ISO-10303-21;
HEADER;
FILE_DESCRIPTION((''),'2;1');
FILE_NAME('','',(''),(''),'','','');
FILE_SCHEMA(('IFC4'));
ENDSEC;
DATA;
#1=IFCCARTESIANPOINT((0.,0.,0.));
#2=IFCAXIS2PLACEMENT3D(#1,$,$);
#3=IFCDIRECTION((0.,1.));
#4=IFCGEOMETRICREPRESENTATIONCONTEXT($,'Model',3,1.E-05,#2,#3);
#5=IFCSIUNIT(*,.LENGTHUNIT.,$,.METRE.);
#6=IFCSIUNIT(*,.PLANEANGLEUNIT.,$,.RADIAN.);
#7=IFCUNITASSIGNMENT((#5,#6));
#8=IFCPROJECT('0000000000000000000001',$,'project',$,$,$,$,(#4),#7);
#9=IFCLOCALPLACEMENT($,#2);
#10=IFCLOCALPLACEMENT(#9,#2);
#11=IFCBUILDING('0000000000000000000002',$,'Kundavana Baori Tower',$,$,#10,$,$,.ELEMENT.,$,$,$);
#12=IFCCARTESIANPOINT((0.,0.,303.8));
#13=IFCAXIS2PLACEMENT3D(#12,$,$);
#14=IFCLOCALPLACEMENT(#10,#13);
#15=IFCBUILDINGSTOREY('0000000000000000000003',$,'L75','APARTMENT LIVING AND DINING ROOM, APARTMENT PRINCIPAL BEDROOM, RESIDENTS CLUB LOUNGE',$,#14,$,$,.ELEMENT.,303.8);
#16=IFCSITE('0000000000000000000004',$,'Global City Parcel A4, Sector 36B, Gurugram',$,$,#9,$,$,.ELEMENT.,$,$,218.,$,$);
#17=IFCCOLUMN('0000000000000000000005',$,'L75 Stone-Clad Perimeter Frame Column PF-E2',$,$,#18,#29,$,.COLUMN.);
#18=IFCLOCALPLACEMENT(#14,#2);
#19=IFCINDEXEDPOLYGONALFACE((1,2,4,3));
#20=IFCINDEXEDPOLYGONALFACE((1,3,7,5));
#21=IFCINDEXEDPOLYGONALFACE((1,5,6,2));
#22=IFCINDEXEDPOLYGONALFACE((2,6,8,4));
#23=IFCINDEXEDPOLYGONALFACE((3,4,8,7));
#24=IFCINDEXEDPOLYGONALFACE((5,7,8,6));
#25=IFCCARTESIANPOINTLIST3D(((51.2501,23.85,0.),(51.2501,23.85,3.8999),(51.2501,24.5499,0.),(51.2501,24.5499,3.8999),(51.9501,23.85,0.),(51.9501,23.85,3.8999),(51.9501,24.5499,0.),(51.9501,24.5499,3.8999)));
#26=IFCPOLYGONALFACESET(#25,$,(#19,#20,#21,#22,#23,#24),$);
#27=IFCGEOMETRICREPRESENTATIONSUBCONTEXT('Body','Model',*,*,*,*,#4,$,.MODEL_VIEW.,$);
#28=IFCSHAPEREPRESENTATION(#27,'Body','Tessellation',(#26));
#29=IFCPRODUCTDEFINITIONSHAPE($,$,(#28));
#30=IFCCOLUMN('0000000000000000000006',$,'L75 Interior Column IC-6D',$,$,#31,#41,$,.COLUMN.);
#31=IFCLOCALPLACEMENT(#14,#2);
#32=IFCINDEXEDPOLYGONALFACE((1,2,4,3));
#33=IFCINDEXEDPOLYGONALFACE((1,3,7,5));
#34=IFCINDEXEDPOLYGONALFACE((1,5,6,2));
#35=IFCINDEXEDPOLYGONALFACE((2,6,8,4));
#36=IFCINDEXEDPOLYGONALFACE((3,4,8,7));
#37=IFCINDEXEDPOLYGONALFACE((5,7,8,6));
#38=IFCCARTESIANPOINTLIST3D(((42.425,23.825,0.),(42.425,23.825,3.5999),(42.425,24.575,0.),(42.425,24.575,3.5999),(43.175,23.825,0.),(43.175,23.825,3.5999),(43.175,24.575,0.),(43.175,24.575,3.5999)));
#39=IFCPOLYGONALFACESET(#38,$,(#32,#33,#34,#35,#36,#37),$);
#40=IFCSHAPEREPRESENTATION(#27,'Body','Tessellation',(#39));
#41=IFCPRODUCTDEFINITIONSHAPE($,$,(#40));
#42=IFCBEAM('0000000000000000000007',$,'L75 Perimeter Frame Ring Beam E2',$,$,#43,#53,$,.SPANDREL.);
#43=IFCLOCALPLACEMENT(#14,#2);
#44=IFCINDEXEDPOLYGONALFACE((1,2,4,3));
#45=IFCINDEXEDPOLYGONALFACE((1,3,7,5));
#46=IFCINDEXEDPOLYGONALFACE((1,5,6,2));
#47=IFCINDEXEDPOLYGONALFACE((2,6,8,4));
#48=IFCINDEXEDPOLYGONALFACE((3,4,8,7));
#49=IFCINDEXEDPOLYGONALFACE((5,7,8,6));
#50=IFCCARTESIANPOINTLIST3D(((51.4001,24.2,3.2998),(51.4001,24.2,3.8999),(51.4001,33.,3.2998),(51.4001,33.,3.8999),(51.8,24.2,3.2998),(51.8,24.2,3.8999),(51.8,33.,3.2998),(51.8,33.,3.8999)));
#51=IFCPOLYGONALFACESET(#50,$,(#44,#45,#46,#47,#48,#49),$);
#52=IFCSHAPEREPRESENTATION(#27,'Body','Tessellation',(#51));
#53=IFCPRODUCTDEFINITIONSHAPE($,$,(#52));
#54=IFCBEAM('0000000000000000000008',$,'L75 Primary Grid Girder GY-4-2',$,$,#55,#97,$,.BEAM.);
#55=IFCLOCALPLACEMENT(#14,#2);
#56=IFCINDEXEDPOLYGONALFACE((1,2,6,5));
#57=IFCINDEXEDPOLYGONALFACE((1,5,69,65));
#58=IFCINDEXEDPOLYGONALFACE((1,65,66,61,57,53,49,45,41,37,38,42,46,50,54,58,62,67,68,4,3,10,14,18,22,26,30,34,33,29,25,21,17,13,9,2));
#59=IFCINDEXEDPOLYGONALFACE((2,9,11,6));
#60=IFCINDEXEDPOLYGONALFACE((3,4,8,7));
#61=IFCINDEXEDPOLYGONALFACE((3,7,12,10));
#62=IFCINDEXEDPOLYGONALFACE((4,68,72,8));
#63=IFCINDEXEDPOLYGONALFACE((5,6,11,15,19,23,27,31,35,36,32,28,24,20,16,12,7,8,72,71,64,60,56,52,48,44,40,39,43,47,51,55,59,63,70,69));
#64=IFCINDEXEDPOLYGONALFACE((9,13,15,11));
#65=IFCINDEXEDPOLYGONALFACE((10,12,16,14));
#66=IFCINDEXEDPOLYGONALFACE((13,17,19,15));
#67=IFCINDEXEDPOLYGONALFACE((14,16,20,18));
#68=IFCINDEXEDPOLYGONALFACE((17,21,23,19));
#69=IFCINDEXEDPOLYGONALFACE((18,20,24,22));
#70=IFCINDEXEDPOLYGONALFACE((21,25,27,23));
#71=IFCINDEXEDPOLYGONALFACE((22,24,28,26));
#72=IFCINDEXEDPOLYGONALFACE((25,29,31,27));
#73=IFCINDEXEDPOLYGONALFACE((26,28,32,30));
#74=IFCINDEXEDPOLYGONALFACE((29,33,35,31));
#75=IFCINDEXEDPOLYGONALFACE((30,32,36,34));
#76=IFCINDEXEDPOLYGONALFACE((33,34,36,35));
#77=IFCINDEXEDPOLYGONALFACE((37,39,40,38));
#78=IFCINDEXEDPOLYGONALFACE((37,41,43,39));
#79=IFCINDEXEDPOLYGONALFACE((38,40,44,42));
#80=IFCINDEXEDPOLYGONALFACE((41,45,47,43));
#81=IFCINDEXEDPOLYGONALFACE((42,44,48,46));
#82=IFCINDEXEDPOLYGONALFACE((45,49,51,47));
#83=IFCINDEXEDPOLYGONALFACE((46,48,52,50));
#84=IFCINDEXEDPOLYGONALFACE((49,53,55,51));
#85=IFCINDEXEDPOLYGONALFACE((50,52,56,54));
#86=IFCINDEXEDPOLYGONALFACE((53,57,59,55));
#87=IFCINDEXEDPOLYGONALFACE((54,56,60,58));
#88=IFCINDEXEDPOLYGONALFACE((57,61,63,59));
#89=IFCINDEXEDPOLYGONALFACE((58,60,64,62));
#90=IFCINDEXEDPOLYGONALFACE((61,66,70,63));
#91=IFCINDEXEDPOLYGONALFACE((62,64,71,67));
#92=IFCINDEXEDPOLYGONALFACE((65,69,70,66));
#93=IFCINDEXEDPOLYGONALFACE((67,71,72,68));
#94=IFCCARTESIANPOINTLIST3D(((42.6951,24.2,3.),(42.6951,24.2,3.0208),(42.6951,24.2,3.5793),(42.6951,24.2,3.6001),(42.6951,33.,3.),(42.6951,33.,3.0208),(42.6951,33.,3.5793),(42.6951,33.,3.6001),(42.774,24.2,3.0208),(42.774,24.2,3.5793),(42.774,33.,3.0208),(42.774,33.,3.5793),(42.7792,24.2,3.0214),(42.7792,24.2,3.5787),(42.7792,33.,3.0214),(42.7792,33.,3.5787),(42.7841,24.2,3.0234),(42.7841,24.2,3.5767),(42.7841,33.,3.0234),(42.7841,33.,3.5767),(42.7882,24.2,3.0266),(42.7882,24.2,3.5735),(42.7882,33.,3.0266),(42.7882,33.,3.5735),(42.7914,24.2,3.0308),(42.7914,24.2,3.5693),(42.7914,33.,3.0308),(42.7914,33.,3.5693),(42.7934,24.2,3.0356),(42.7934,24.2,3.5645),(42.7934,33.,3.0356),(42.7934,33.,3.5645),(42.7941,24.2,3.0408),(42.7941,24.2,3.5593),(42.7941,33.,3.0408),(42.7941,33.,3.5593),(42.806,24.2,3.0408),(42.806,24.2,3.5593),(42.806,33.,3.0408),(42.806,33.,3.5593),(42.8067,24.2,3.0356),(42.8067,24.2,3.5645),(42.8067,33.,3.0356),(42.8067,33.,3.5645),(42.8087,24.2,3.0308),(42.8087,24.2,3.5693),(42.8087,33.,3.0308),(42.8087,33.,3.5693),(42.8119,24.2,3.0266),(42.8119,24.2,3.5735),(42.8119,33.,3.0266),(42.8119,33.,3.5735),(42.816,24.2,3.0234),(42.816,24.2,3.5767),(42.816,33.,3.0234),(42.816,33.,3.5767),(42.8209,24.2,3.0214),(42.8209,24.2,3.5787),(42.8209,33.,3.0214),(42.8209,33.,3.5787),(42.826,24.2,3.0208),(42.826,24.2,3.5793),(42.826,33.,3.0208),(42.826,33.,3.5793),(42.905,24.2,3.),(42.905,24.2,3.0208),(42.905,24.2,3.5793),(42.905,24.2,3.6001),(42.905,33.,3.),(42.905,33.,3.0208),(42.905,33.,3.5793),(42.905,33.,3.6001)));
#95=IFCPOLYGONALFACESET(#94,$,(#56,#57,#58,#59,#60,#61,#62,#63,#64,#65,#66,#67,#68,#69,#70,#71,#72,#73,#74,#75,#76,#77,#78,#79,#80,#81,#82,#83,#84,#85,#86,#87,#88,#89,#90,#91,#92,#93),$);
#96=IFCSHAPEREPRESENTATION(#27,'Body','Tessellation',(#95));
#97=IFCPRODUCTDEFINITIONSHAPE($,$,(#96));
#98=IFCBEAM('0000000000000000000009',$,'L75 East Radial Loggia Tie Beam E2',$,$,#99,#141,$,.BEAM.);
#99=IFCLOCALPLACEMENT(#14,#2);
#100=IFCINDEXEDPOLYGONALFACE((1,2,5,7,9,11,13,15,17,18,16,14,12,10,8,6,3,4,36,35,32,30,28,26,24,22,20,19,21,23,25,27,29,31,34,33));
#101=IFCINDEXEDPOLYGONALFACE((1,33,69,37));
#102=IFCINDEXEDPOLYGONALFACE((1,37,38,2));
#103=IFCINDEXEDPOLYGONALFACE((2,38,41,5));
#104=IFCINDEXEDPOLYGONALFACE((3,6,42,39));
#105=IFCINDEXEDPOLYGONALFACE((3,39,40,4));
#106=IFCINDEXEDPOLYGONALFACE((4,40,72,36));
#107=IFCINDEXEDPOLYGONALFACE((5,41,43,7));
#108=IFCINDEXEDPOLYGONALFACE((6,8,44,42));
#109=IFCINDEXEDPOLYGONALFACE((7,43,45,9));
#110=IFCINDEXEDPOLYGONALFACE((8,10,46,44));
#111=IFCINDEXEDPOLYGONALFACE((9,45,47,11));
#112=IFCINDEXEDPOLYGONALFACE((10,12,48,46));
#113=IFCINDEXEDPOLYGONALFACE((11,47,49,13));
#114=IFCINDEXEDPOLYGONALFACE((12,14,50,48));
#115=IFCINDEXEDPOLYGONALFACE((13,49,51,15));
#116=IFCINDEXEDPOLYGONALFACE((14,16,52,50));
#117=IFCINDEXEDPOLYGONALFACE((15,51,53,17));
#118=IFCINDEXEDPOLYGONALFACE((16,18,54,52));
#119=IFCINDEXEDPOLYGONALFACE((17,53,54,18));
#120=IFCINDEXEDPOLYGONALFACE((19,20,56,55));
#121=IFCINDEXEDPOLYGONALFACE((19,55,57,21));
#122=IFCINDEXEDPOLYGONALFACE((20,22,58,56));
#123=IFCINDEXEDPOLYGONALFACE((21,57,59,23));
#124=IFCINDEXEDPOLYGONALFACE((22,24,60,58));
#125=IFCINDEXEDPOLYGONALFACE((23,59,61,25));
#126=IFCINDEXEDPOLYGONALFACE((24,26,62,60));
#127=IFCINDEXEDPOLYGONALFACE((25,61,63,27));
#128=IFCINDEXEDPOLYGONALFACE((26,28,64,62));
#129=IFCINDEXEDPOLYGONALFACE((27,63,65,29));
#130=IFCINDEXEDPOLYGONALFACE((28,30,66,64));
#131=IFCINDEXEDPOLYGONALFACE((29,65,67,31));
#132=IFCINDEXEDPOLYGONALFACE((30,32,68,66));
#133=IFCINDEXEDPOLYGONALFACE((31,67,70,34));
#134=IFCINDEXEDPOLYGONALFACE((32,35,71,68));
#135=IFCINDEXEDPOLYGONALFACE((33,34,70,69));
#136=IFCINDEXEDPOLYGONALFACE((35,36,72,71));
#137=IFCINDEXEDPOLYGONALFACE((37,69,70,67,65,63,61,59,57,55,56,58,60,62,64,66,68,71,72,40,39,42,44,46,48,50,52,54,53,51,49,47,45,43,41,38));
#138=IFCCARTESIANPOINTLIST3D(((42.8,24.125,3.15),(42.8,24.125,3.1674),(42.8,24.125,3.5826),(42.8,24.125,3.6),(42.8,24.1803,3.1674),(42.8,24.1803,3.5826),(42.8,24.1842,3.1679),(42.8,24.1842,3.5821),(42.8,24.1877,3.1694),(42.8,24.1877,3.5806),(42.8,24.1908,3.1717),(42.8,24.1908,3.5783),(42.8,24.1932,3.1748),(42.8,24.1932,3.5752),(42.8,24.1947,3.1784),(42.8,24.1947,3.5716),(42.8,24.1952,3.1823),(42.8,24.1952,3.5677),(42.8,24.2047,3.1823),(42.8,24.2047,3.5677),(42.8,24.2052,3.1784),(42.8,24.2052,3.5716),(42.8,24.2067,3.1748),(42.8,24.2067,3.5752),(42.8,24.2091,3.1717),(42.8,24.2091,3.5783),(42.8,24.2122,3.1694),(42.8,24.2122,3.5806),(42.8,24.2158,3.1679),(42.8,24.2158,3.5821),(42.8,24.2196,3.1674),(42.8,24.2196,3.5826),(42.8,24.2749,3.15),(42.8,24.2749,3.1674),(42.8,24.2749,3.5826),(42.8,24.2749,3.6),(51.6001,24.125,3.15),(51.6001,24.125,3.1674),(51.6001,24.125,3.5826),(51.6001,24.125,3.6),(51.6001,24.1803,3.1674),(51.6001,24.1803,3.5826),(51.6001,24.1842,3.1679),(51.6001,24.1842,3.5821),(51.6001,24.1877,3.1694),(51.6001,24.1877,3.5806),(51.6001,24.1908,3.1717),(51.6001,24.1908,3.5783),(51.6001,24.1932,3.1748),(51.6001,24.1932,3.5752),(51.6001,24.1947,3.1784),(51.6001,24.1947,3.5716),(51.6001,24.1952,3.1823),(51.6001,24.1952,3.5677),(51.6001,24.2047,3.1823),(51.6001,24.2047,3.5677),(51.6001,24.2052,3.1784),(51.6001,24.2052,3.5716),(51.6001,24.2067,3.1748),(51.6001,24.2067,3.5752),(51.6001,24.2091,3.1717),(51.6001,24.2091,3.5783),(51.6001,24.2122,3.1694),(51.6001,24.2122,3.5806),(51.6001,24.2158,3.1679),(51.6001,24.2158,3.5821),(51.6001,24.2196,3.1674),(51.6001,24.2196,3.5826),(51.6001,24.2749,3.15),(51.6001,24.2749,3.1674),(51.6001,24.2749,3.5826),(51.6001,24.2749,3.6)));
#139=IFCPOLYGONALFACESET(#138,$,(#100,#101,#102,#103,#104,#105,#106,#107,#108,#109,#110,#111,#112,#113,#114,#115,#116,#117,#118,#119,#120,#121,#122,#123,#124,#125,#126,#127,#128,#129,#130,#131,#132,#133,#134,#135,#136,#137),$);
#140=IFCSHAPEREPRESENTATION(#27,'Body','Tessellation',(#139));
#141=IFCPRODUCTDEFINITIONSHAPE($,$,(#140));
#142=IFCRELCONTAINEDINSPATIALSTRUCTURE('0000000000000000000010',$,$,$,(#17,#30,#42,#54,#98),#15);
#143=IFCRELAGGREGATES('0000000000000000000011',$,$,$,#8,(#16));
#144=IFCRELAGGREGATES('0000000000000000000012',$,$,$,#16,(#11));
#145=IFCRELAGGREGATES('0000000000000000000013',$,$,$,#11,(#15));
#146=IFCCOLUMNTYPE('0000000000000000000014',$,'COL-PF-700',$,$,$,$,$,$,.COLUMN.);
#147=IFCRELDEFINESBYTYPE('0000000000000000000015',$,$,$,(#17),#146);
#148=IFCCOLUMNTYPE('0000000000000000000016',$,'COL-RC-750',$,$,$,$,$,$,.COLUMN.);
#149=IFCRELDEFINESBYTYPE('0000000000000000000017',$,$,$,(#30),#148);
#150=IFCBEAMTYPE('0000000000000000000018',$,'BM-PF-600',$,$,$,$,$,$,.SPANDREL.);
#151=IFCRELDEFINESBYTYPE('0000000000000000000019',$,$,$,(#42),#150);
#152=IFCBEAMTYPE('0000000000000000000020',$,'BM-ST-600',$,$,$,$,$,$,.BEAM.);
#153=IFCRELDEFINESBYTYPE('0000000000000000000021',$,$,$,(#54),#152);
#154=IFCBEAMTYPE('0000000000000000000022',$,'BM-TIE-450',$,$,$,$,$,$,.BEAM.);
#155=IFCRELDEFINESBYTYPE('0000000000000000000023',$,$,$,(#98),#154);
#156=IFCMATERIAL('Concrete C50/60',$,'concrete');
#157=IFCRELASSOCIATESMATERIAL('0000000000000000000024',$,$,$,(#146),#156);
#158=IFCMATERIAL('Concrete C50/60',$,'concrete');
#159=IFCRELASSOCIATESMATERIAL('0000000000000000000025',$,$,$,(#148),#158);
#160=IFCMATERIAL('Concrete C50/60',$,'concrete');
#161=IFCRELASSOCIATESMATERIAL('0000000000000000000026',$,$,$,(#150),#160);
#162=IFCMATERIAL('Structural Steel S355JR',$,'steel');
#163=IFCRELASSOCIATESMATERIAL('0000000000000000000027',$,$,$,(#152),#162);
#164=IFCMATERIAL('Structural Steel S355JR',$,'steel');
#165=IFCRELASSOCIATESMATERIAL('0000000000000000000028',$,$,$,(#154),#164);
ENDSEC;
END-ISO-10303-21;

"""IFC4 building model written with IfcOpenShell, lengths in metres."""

from ifc_helpers import new_model, si_unit, direction, frame, origin, origin_2d, place, context, subcontext, project, spatial, rectangle, i_section, extrude, material, material_profile, profile_set, type_object, element, save


model = new_model("IFC4")

# Units and contexts
model_context = context("Model", 3, precision=1e-05, world=origin(), true_north=direction((0.0, 1.0)))
body_context = subcontext(model_context, "Body", "Model", "MODEL_VIEW")
ifc_project = project(units=[si_unit("LENGTHUNIT", "METRE"), si_unit("PLANEANGLEUNIT", "RADIAN")], contexts=[model_context])

# Site, building, storey
site_placement = place(None, origin())
site = spatial("IfcSite", under=ifc_project, at=site_placement, Name="Global City Parcel A4, Sector 36B, Gurugram", CompositionType="ELEMENT", RefElevation=218.0)
building_placement = place(site_placement, origin())
building = spatial("IfcBuilding", under=site, at=building_placement, Name="Kundavana Baori Tower", CompositionType="ELEMENT")
storey_placement = place(building_placement, frame((0.0, 0.0, 303.8)))
storey = spatial("IfcBuildingStorey", under=building, at=storey_placement, Name="L75", Description="APARTMENT LIVING AND DINING ROOM, APARTMENT PRINCIPAL BEDROOM, RESIDENTS CLUB LOUNGE", CompositionType="ELEMENT", Elevation=303.8)

# Columns
ifc_material_1 = material(Name="Concrete C50/60", Category="concrete")
ifc_material_profile_1 = material_profile(ifc_material_1, rectangle(XDim=0.7, YDim=0.7, at=origin_2d()), Name="RC PF 700x700")
ifc_profile_set_1 = profile_set([ifc_material_profile_1], Name="Concrete C50/60")
column_type_1 = type_object("IfcColumnType", Name="COL-PF-700", PredefinedType="COLUMN", material=ifc_profile_set_1)
column_1_placement = place(storey_placement, frame((51.6001, 24.2, 0.0), z_axis=(0.0, 0.0, 1.0), x_axis=(1.0, 0.0, 0.0)))
element("IfcColumn", 1, at=column_1_placement, inside=storey, type_object=column_type_1, Name="L75 Stone-Clad Perimeter Frame Column PF-E2", PredefinedType="COLUMN", context=body_context, shape_type="SweptSolid", body=[
    extrude(rectangle(XDim=0.7, YDim=0.7, at=origin_2d()), origin(), (0.0, 0.0, 1.0), 3.8999),
])
ifc_material_2 = material(Name="Concrete C50/60", Category="concrete")
ifc_material_profile_2 = material_profile(ifc_material_2, rectangle(XDim=0.75, YDim=0.75, at=origin_2d()), Name="RC 750x750")
ifc_profile_set_2 = profile_set([ifc_material_profile_2], Name="Concrete C50/60")
column_type_2 = type_object("IfcColumnType", Name="COL-RC-750", PredefinedType="COLUMN", material=ifc_profile_set_2)
column_2_placement = place(storey_placement, frame((42.8, 24.2, 0.0), z_axis=(0.0, 0.0, 1.0), x_axis=(1.0, 0.0, 0.0)))
element("IfcColumn", 2, at=column_2_placement, inside=storey, type_object=column_type_2, Name="L75 Interior Column IC-6D", PredefinedType="COLUMN", context=body_context, shape_type="SweptSolid", body=[
    extrude(rectangle(XDim=0.75, YDim=0.75, at=origin_2d()), origin(), (0.0, 0.0, 1.0), 3.5999),
])

# Beams
ifc_material_3 = material(Name="Concrete C50/60", Category="concrete")
ifc_material_profile_3 = material_profile(ifc_material_3, rectangle(XDim=0.3999, YDim=0.6001, at=origin_2d()), Name="RC BM 400x600")
ifc_profile_set_3 = profile_set([ifc_material_profile_3], Name="Concrete C50/60")
beam_type_1 = type_object("IfcBeamType", Name="BM-PF-600", PredefinedType="SPANDREL", material=ifc_profile_set_3)
beam_1_placement = place(storey_placement, frame((51.6001, 24.2, 3.5999), z_axis=(0.0, 1.0, 0.0), x_axis=(-1.0, 0.0, 0.0)))
element("IfcBeam", 3, at=beam_1_placement, inside=storey, type_object=beam_type_1, Name="L75 Perimeter Frame Ring Beam E2", PredefinedType="SPANDREL", context=body_context, shape_type="SweptSolid", body=[
    extrude(rectangle(XDim=0.3999, YDim=0.6001, at=origin_2d()), origin(), (0.0, 0.0, 1.0), 8.8),
])
ifc_material_4 = material(Name="Structural Steel S355JR", Category="steel")
ifc_material_profile_4 = material_profile(ifc_material_4, i_section(OverallWidth=0.21, OverallDepth=0.6001, WebThickness=0.012, FlangeThickness=0.0208, FilletRadius=0.02, at=origin_2d()), Name="ISMB 600")
ifc_profile_set_4 = profile_set([ifc_material_profile_4], Name="Structural Steel S355JR")
beam_type_2 = type_object("IfcBeamType", Name="BM-ST-600", PredefinedType="BEAM", material=ifc_profile_set_4)
beam_2_placement = place(storey_placement, frame((42.8, 24.2, 3.3), z_axis=(0.0, 1.0, 0.0), x_axis=(-1.0, 0.0, 0.0)))
element("IfcBeam", 4, at=beam_2_placement, inside=storey, type_object=beam_type_2, Name="L75 Primary Grid Girder GY-4-2", PredefinedType="BEAM", context=body_context, shape_type="SweptSolid", body=[
    extrude(i_section(OverallWidth=0.21, OverallDepth=0.6001, WebThickness=0.012, FlangeThickness=0.0208, FilletRadius=0.02, at=origin_2d()), origin(), (0.0, 0.0, 1.0), 8.8),
])
ifc_material_5 = material(Name="Structural Steel S355JR", Category="steel")
ifc_material_profile_5 = material_profile(ifc_material_5, i_section(OverallWidth=0.1499, OverallDepth=0.45, WebThickness=0.0095, FlangeThickness=0.0173, FilletRadius=0.0149, at=origin_2d()), Name="ISMB 450")
ifc_profile_set_5 = profile_set([ifc_material_profile_5], Name="Structural Steel S355JR")
beam_type_3 = type_object("IfcBeamType", Name="BM-TIE-450", PredefinedType="BEAM", material=ifc_profile_set_5)
beam_3_placement = place(storey_placement, frame((42.8, 24.2, 3.375), z_axis=(1.0, 0.0, 0.0), x_axis=(0.0, 1.0, 0.0)))
element("IfcBeam", 5, at=beam_3_placement, inside=storey, type_object=beam_type_3, Name="L75 East Radial Loggia Tie Beam E2", PredefinedType="BEAM", context=body_context, shape_type="SweptSolid", body=[
    extrude(i_section(OverallWidth=0.1499, OverallDepth=0.45, WebThickness=0.0095, FlangeThickness=0.0173, FilletRadius=0.0149, at=origin_2d()), origin(), (0.0, 0.0, 1.0), 8.8),
])

save(model, "model.ifc")
